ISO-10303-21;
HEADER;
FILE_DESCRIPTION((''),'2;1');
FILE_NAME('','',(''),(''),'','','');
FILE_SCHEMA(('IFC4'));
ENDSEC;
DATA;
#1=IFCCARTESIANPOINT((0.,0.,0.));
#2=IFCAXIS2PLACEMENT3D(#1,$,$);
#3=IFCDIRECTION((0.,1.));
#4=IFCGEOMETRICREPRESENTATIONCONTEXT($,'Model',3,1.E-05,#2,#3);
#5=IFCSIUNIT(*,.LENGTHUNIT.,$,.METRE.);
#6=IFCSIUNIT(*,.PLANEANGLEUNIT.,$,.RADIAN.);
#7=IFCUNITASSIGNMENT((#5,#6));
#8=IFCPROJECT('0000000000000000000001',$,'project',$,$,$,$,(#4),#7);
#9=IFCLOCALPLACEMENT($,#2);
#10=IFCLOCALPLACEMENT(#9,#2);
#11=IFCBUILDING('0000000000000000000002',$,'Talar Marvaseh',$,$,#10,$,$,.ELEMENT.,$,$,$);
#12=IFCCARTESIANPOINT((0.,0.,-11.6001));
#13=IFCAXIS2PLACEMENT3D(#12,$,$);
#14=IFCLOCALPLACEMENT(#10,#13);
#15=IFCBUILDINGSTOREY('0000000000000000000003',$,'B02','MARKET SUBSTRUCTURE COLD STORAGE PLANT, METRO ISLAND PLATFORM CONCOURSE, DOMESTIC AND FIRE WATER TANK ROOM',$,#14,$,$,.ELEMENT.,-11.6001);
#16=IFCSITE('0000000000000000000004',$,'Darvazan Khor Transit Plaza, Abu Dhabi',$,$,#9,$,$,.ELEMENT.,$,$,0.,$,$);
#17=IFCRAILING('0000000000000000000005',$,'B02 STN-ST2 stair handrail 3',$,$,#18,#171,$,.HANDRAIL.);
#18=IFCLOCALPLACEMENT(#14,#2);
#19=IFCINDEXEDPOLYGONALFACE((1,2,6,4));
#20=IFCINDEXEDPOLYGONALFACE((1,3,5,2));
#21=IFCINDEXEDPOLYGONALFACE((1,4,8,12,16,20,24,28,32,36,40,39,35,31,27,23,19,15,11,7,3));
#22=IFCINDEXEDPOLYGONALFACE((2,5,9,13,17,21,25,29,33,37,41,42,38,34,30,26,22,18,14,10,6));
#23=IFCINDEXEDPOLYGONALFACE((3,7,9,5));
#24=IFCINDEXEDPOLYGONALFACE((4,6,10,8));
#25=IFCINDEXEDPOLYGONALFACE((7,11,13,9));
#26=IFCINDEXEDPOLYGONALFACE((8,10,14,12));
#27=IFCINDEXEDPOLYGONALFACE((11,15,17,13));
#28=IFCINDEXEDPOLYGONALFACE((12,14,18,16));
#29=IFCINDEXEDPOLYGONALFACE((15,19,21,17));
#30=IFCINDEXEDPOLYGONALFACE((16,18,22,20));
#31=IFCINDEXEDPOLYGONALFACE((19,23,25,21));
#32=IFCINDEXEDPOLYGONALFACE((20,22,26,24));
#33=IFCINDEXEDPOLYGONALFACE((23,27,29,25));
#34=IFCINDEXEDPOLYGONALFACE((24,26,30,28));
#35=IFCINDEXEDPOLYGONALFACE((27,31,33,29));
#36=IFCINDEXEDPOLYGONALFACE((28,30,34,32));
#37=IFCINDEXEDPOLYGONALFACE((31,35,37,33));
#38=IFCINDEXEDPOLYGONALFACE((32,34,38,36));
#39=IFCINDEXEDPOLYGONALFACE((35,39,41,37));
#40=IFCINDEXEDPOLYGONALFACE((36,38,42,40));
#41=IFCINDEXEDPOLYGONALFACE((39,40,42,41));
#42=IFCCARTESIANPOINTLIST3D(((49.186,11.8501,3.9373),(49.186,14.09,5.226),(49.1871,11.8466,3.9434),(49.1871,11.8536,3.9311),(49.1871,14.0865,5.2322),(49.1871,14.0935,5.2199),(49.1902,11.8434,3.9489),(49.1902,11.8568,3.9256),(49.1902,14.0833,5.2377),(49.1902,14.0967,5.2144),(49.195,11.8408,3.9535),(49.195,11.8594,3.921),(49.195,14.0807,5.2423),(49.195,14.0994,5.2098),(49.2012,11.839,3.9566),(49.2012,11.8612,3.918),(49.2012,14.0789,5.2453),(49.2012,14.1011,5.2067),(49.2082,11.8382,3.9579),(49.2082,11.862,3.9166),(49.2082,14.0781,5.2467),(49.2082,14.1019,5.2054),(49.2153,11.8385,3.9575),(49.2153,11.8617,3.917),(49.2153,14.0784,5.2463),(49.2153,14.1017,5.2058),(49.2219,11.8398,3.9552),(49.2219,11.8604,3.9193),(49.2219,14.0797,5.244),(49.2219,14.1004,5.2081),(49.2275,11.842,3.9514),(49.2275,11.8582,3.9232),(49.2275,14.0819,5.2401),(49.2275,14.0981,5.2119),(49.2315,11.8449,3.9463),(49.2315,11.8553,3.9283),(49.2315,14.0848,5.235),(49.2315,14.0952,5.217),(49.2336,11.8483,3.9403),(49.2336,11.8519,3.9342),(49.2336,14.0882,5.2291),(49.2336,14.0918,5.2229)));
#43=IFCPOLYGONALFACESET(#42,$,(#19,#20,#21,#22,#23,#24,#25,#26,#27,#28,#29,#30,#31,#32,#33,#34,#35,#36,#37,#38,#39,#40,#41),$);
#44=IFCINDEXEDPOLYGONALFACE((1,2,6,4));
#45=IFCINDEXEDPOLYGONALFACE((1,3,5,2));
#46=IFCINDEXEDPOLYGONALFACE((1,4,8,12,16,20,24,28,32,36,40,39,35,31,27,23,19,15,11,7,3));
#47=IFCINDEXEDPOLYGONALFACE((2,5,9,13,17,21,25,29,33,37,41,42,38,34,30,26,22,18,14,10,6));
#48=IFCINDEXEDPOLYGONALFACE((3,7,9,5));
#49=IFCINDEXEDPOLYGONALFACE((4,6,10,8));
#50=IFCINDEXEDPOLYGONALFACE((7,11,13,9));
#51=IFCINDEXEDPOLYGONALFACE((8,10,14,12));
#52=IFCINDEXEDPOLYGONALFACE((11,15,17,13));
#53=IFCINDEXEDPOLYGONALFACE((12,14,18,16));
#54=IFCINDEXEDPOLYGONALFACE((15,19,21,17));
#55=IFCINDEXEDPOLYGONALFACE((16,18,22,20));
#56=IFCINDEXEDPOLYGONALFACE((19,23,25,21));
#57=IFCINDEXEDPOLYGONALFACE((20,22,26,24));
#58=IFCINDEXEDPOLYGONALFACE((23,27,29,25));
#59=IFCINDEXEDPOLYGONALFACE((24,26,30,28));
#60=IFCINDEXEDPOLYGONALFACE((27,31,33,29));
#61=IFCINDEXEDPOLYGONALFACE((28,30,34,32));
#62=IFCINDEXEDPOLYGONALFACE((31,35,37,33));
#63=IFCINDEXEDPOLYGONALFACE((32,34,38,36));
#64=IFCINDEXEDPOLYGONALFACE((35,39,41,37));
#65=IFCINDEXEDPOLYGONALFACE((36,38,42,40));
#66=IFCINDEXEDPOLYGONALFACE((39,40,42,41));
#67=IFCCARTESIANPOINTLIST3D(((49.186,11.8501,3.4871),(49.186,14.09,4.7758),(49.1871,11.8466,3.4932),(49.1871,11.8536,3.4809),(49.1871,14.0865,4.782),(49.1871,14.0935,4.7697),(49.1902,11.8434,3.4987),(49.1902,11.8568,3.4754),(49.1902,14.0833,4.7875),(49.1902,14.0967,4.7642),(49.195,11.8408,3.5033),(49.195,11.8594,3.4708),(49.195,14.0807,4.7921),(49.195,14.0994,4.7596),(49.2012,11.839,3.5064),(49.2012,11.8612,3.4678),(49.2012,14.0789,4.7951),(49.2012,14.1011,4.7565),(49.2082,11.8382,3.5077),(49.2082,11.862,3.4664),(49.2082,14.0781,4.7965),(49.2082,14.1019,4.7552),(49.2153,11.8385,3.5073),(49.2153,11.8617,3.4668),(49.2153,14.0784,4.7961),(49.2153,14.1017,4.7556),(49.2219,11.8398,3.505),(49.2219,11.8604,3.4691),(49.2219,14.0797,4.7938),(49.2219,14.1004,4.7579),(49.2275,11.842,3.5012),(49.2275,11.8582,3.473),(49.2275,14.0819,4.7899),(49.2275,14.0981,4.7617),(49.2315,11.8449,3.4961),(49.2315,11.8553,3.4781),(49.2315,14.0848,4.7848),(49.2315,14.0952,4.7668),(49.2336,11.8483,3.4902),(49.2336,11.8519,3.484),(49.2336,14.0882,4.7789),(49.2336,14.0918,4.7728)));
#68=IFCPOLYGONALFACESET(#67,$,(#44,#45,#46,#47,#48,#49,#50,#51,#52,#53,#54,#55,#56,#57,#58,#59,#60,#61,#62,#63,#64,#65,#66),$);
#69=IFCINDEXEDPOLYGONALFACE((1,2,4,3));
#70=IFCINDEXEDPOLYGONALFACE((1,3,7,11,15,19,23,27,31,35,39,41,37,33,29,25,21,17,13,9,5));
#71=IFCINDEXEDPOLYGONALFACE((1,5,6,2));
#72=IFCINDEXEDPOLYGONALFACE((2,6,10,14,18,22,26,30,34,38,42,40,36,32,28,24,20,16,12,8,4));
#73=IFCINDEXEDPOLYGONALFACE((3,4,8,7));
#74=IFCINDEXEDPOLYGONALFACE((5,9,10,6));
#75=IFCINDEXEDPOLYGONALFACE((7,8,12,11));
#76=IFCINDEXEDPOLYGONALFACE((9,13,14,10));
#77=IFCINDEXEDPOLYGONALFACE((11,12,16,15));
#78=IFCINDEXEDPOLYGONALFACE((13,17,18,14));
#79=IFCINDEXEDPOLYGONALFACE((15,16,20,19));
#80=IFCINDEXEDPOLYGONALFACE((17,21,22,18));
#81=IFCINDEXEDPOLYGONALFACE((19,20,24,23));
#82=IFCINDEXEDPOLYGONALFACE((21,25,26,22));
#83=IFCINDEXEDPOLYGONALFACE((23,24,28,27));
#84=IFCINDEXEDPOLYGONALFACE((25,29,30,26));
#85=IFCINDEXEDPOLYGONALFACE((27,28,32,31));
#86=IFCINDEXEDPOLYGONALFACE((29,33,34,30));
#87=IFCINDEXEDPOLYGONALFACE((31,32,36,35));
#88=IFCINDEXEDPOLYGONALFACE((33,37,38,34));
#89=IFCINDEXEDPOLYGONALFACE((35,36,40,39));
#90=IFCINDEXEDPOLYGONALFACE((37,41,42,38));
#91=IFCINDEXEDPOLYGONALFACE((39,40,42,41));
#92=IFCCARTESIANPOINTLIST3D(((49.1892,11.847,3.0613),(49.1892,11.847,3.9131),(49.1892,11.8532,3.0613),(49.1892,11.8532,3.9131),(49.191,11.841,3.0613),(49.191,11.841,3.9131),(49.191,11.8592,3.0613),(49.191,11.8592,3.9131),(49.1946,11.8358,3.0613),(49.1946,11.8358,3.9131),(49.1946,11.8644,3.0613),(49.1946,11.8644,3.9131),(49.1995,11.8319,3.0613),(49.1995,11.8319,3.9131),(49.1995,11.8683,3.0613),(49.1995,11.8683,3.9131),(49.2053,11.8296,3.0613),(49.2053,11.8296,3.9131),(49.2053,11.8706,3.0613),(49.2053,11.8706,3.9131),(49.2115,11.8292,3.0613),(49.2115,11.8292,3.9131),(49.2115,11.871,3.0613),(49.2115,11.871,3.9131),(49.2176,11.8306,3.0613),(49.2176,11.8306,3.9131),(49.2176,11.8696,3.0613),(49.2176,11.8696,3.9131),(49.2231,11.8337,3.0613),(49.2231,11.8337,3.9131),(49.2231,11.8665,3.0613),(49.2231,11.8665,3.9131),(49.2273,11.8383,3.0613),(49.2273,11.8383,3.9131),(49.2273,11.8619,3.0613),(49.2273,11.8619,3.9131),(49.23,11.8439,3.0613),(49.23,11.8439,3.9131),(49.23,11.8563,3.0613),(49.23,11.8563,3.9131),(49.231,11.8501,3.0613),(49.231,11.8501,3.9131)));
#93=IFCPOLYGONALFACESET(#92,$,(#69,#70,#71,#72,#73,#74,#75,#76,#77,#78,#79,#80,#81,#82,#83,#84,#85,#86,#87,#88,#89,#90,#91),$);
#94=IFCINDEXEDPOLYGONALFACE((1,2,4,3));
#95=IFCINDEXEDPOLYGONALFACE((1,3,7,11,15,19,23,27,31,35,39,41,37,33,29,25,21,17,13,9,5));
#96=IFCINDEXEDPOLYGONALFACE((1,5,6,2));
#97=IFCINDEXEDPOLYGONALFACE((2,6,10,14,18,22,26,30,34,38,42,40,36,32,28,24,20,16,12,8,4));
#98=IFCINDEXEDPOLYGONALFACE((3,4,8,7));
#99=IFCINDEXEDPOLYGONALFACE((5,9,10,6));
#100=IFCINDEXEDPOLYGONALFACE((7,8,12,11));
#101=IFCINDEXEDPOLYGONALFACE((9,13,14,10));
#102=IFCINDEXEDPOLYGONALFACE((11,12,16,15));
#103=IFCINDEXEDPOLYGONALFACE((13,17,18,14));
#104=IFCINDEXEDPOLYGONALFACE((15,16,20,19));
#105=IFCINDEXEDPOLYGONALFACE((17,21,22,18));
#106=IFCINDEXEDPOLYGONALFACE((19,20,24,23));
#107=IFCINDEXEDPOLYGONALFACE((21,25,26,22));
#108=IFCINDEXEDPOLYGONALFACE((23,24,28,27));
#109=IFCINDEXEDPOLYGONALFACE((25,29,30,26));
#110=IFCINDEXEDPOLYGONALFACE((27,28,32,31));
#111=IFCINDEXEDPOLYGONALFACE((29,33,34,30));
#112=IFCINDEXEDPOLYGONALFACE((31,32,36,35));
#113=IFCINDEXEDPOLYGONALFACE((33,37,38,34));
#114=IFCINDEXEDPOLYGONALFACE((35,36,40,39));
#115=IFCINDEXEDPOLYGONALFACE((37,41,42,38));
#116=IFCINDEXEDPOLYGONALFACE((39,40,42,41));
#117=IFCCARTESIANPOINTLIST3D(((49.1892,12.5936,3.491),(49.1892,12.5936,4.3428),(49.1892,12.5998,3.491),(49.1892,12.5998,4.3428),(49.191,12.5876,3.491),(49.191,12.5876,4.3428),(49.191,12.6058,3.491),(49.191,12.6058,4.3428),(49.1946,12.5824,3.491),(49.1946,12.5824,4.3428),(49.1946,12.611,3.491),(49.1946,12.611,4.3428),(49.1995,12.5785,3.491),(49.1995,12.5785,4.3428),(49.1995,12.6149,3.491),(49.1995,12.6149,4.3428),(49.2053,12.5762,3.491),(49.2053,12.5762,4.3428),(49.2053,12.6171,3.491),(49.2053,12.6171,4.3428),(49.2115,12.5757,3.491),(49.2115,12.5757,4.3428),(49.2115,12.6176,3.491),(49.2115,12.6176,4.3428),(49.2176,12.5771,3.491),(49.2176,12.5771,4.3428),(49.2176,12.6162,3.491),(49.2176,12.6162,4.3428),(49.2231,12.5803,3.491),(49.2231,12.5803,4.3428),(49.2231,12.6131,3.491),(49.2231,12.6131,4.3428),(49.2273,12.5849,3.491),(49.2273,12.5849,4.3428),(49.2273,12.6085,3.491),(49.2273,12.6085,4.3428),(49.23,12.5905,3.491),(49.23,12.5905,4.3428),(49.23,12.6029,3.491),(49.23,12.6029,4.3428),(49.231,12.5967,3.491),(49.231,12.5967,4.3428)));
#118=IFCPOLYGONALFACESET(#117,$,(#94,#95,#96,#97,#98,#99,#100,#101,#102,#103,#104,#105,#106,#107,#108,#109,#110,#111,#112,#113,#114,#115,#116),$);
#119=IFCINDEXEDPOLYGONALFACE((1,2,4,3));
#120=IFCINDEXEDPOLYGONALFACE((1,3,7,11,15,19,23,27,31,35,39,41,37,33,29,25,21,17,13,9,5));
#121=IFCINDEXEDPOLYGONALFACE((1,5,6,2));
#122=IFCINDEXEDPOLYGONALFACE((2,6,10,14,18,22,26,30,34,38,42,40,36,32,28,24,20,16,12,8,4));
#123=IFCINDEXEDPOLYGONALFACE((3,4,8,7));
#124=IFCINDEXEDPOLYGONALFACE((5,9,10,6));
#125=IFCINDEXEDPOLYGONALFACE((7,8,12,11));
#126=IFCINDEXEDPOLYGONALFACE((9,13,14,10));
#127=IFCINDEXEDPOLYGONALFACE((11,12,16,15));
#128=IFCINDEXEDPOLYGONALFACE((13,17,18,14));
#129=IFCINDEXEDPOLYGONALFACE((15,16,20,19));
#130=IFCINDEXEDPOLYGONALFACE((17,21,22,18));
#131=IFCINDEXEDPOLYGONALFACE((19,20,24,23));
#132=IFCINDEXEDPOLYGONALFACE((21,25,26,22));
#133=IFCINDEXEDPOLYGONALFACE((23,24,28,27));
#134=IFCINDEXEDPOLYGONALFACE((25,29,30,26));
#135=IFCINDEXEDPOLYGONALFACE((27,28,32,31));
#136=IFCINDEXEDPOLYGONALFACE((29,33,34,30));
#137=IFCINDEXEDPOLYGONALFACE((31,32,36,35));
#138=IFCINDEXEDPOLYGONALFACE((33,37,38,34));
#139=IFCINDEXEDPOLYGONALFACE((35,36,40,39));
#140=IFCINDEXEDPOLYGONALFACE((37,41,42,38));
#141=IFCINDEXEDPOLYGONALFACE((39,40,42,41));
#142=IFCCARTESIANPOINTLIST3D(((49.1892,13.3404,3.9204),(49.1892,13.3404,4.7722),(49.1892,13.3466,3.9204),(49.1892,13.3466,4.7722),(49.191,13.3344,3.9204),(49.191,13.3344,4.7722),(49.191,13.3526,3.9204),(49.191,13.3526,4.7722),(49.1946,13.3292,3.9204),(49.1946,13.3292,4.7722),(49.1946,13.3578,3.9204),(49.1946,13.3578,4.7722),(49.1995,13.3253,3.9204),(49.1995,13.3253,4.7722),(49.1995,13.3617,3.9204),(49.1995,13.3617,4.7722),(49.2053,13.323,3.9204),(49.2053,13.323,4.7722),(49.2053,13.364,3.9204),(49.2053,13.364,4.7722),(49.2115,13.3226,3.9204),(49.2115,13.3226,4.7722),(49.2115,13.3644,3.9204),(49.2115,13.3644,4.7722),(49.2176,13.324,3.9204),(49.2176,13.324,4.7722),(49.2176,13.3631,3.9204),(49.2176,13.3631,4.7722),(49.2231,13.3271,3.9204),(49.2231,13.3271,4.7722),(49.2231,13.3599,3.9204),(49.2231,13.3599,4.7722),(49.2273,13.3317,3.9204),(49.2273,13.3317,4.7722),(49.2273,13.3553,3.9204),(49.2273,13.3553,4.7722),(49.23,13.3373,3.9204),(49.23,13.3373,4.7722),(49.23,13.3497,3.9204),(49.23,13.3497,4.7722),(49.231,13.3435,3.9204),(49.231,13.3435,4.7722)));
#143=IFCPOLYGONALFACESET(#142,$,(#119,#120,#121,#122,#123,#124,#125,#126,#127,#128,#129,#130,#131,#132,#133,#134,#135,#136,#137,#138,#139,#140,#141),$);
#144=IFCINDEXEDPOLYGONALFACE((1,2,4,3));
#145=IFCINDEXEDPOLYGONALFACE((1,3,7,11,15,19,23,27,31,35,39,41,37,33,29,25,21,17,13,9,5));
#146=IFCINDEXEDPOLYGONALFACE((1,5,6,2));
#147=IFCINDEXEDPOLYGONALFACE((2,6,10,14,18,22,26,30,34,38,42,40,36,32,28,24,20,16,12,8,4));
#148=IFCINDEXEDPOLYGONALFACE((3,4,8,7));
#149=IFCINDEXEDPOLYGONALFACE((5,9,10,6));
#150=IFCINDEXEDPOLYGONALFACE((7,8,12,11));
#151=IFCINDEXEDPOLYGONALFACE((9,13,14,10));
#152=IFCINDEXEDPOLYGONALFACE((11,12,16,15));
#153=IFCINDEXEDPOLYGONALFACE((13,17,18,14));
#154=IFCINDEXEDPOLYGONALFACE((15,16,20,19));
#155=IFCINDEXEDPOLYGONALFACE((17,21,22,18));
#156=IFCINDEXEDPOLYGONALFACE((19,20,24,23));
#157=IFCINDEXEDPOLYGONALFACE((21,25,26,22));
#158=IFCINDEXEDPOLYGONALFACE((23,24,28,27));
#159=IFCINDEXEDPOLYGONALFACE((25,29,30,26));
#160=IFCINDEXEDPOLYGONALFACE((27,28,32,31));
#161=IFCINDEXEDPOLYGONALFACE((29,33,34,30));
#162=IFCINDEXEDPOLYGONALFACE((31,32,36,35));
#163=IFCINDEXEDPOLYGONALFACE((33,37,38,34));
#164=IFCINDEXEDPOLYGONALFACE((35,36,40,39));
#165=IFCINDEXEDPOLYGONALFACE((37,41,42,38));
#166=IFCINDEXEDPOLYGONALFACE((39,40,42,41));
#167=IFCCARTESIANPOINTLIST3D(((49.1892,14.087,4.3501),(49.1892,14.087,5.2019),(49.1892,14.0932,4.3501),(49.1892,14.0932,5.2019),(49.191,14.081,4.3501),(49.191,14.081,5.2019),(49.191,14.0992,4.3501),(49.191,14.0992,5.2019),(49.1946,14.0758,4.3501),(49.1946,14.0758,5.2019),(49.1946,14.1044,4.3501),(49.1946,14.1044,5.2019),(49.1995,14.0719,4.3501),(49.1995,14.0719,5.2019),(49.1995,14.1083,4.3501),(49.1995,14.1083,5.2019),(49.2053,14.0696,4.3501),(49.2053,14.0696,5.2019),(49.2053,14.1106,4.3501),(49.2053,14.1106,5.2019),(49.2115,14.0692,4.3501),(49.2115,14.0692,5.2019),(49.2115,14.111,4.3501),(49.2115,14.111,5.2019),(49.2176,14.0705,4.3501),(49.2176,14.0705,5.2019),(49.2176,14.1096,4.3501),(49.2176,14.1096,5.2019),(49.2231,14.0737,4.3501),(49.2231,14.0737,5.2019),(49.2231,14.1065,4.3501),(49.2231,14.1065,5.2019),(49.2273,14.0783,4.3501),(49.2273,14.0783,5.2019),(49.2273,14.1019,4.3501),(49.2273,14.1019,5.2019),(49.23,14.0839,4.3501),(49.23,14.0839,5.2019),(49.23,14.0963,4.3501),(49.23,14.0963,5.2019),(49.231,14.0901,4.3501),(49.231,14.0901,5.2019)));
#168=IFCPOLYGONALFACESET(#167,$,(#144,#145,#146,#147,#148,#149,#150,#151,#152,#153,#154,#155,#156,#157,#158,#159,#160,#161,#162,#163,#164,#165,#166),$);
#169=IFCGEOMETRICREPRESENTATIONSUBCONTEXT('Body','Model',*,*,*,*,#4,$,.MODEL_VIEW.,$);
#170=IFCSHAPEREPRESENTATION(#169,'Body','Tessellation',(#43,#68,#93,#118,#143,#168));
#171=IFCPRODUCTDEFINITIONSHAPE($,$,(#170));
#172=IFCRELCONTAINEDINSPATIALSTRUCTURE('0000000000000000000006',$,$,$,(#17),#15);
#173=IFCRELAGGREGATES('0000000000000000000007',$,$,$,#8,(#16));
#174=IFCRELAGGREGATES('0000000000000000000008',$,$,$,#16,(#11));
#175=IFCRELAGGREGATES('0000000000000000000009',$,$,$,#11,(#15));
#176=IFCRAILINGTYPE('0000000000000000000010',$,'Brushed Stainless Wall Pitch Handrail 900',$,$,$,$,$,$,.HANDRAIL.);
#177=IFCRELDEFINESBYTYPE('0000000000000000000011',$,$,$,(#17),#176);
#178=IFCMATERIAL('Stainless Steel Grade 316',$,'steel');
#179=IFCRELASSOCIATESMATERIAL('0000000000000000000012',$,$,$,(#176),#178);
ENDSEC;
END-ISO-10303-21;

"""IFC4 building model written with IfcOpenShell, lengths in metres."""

from ifc_helpers import new_model, si_unit, direction, frame, origin, origin_2d, place, context, subcontext, project, spatial, circle, extrude, material, type_object, element, save


model = new_model("IFC4")

# Units and contexts
model_context = context("Model", 3, precision=1e-05, world=origin(), true_north=direction((0.0, 1.0)))
body_context = subcontext(model_context, "Body", "Model", "MODEL_VIEW")
ifc_project = project(units=[si_unit("LENGTHUNIT", "METRE"), si_unit("PLANEANGLEUNIT", "RADIAN")], contexts=[model_context])

# Site, building, storey
site_placement = place(None, origin())
site = spatial("IfcSite", under=ifc_project, at=site_placement, Name="Darvazan Khor Transit Plaza, Abu Dhabi", CompositionType="ELEMENT", RefElevation=0.0)
building_placement = place(site_placement, origin())
building = spatial("IfcBuilding", under=site, at=building_placement, Name="Talar Marvaseh", CompositionType="ELEMENT")
storey_placement = place(building_placement, frame((0.0, 0.0, -11.6001)))
storey = spatial("IfcBuildingStorey", under=building, at=storey_placement, Name="B02", Description="MARKET SUBSTRUCTURE COLD STORAGE PLANT, METRO ISLAND PLATFORM CONCOURSE, DOMESTIC AND FIRE WATER TANK ROOM", CompositionType="ELEMENT", Elevation=-11.6001)

# Railing
ifc_material_1 = material(Name="Stainless Steel Grade 316", Category="steel")
railing_type_1 = type_object("IfcRailingType", Name="Brushed Stainless Wall Pitch Handrail 900", PredefinedType="HANDRAIL", material=ifc_material_1)
railing_1_placement = place(storey_placement, frame((49.21, 11.8501, 3.0613)))
element("IfcRailing", 1, at=railing_1_placement, inside=storey, type_object=railing_type_1, Name="B02 STN-ST2 stair handrail 3", PredefinedType="HANDRAIL", context=body_context, shape_type="SweptSolid", body=[
    extrude(circle(Radius=0.0239, at=origin_2d()), frame((0.0, 0.0, 0.876), z_axis=(0.0, 0.866768, 0.498711), x_axis=(-1.0, 0.0, 0.0)), (0.0, 0.0, 1.0), 2.5842),
    extrude(circle(Radius=0.0239, at=origin_2d()), frame((0.0, 0.0, 0.4258), z_axis=(0.0, 0.866768, 0.498711), x_axis=(-1.0, 0.0, 0.0)), (0.0, 0.0, 1.0), 2.5842),
    extrude(circle(Radius=0.021, at=origin_2d()), origin(), (0.0, 0.0, 1.0), 0.8518),
    extrude(circle(Radius=0.021, at=origin_2d()), frame((0.0, 0.7466, 0.4297)), (0.0, 0.0, 1.0), 0.8518),
    extrude(circle(Radius=0.021, at=origin_2d()), frame((0.0, 1.4934, 0.8591)), (0.0, 0.0, 1.0), 0.8518),
    extrude(circle(Radius=0.021, at=origin_2d()), frame((0.0, 2.24, 1.2888)), (0.0, 0.0, 1.0), 0.8518),
])

save(model, "model.ifc")
